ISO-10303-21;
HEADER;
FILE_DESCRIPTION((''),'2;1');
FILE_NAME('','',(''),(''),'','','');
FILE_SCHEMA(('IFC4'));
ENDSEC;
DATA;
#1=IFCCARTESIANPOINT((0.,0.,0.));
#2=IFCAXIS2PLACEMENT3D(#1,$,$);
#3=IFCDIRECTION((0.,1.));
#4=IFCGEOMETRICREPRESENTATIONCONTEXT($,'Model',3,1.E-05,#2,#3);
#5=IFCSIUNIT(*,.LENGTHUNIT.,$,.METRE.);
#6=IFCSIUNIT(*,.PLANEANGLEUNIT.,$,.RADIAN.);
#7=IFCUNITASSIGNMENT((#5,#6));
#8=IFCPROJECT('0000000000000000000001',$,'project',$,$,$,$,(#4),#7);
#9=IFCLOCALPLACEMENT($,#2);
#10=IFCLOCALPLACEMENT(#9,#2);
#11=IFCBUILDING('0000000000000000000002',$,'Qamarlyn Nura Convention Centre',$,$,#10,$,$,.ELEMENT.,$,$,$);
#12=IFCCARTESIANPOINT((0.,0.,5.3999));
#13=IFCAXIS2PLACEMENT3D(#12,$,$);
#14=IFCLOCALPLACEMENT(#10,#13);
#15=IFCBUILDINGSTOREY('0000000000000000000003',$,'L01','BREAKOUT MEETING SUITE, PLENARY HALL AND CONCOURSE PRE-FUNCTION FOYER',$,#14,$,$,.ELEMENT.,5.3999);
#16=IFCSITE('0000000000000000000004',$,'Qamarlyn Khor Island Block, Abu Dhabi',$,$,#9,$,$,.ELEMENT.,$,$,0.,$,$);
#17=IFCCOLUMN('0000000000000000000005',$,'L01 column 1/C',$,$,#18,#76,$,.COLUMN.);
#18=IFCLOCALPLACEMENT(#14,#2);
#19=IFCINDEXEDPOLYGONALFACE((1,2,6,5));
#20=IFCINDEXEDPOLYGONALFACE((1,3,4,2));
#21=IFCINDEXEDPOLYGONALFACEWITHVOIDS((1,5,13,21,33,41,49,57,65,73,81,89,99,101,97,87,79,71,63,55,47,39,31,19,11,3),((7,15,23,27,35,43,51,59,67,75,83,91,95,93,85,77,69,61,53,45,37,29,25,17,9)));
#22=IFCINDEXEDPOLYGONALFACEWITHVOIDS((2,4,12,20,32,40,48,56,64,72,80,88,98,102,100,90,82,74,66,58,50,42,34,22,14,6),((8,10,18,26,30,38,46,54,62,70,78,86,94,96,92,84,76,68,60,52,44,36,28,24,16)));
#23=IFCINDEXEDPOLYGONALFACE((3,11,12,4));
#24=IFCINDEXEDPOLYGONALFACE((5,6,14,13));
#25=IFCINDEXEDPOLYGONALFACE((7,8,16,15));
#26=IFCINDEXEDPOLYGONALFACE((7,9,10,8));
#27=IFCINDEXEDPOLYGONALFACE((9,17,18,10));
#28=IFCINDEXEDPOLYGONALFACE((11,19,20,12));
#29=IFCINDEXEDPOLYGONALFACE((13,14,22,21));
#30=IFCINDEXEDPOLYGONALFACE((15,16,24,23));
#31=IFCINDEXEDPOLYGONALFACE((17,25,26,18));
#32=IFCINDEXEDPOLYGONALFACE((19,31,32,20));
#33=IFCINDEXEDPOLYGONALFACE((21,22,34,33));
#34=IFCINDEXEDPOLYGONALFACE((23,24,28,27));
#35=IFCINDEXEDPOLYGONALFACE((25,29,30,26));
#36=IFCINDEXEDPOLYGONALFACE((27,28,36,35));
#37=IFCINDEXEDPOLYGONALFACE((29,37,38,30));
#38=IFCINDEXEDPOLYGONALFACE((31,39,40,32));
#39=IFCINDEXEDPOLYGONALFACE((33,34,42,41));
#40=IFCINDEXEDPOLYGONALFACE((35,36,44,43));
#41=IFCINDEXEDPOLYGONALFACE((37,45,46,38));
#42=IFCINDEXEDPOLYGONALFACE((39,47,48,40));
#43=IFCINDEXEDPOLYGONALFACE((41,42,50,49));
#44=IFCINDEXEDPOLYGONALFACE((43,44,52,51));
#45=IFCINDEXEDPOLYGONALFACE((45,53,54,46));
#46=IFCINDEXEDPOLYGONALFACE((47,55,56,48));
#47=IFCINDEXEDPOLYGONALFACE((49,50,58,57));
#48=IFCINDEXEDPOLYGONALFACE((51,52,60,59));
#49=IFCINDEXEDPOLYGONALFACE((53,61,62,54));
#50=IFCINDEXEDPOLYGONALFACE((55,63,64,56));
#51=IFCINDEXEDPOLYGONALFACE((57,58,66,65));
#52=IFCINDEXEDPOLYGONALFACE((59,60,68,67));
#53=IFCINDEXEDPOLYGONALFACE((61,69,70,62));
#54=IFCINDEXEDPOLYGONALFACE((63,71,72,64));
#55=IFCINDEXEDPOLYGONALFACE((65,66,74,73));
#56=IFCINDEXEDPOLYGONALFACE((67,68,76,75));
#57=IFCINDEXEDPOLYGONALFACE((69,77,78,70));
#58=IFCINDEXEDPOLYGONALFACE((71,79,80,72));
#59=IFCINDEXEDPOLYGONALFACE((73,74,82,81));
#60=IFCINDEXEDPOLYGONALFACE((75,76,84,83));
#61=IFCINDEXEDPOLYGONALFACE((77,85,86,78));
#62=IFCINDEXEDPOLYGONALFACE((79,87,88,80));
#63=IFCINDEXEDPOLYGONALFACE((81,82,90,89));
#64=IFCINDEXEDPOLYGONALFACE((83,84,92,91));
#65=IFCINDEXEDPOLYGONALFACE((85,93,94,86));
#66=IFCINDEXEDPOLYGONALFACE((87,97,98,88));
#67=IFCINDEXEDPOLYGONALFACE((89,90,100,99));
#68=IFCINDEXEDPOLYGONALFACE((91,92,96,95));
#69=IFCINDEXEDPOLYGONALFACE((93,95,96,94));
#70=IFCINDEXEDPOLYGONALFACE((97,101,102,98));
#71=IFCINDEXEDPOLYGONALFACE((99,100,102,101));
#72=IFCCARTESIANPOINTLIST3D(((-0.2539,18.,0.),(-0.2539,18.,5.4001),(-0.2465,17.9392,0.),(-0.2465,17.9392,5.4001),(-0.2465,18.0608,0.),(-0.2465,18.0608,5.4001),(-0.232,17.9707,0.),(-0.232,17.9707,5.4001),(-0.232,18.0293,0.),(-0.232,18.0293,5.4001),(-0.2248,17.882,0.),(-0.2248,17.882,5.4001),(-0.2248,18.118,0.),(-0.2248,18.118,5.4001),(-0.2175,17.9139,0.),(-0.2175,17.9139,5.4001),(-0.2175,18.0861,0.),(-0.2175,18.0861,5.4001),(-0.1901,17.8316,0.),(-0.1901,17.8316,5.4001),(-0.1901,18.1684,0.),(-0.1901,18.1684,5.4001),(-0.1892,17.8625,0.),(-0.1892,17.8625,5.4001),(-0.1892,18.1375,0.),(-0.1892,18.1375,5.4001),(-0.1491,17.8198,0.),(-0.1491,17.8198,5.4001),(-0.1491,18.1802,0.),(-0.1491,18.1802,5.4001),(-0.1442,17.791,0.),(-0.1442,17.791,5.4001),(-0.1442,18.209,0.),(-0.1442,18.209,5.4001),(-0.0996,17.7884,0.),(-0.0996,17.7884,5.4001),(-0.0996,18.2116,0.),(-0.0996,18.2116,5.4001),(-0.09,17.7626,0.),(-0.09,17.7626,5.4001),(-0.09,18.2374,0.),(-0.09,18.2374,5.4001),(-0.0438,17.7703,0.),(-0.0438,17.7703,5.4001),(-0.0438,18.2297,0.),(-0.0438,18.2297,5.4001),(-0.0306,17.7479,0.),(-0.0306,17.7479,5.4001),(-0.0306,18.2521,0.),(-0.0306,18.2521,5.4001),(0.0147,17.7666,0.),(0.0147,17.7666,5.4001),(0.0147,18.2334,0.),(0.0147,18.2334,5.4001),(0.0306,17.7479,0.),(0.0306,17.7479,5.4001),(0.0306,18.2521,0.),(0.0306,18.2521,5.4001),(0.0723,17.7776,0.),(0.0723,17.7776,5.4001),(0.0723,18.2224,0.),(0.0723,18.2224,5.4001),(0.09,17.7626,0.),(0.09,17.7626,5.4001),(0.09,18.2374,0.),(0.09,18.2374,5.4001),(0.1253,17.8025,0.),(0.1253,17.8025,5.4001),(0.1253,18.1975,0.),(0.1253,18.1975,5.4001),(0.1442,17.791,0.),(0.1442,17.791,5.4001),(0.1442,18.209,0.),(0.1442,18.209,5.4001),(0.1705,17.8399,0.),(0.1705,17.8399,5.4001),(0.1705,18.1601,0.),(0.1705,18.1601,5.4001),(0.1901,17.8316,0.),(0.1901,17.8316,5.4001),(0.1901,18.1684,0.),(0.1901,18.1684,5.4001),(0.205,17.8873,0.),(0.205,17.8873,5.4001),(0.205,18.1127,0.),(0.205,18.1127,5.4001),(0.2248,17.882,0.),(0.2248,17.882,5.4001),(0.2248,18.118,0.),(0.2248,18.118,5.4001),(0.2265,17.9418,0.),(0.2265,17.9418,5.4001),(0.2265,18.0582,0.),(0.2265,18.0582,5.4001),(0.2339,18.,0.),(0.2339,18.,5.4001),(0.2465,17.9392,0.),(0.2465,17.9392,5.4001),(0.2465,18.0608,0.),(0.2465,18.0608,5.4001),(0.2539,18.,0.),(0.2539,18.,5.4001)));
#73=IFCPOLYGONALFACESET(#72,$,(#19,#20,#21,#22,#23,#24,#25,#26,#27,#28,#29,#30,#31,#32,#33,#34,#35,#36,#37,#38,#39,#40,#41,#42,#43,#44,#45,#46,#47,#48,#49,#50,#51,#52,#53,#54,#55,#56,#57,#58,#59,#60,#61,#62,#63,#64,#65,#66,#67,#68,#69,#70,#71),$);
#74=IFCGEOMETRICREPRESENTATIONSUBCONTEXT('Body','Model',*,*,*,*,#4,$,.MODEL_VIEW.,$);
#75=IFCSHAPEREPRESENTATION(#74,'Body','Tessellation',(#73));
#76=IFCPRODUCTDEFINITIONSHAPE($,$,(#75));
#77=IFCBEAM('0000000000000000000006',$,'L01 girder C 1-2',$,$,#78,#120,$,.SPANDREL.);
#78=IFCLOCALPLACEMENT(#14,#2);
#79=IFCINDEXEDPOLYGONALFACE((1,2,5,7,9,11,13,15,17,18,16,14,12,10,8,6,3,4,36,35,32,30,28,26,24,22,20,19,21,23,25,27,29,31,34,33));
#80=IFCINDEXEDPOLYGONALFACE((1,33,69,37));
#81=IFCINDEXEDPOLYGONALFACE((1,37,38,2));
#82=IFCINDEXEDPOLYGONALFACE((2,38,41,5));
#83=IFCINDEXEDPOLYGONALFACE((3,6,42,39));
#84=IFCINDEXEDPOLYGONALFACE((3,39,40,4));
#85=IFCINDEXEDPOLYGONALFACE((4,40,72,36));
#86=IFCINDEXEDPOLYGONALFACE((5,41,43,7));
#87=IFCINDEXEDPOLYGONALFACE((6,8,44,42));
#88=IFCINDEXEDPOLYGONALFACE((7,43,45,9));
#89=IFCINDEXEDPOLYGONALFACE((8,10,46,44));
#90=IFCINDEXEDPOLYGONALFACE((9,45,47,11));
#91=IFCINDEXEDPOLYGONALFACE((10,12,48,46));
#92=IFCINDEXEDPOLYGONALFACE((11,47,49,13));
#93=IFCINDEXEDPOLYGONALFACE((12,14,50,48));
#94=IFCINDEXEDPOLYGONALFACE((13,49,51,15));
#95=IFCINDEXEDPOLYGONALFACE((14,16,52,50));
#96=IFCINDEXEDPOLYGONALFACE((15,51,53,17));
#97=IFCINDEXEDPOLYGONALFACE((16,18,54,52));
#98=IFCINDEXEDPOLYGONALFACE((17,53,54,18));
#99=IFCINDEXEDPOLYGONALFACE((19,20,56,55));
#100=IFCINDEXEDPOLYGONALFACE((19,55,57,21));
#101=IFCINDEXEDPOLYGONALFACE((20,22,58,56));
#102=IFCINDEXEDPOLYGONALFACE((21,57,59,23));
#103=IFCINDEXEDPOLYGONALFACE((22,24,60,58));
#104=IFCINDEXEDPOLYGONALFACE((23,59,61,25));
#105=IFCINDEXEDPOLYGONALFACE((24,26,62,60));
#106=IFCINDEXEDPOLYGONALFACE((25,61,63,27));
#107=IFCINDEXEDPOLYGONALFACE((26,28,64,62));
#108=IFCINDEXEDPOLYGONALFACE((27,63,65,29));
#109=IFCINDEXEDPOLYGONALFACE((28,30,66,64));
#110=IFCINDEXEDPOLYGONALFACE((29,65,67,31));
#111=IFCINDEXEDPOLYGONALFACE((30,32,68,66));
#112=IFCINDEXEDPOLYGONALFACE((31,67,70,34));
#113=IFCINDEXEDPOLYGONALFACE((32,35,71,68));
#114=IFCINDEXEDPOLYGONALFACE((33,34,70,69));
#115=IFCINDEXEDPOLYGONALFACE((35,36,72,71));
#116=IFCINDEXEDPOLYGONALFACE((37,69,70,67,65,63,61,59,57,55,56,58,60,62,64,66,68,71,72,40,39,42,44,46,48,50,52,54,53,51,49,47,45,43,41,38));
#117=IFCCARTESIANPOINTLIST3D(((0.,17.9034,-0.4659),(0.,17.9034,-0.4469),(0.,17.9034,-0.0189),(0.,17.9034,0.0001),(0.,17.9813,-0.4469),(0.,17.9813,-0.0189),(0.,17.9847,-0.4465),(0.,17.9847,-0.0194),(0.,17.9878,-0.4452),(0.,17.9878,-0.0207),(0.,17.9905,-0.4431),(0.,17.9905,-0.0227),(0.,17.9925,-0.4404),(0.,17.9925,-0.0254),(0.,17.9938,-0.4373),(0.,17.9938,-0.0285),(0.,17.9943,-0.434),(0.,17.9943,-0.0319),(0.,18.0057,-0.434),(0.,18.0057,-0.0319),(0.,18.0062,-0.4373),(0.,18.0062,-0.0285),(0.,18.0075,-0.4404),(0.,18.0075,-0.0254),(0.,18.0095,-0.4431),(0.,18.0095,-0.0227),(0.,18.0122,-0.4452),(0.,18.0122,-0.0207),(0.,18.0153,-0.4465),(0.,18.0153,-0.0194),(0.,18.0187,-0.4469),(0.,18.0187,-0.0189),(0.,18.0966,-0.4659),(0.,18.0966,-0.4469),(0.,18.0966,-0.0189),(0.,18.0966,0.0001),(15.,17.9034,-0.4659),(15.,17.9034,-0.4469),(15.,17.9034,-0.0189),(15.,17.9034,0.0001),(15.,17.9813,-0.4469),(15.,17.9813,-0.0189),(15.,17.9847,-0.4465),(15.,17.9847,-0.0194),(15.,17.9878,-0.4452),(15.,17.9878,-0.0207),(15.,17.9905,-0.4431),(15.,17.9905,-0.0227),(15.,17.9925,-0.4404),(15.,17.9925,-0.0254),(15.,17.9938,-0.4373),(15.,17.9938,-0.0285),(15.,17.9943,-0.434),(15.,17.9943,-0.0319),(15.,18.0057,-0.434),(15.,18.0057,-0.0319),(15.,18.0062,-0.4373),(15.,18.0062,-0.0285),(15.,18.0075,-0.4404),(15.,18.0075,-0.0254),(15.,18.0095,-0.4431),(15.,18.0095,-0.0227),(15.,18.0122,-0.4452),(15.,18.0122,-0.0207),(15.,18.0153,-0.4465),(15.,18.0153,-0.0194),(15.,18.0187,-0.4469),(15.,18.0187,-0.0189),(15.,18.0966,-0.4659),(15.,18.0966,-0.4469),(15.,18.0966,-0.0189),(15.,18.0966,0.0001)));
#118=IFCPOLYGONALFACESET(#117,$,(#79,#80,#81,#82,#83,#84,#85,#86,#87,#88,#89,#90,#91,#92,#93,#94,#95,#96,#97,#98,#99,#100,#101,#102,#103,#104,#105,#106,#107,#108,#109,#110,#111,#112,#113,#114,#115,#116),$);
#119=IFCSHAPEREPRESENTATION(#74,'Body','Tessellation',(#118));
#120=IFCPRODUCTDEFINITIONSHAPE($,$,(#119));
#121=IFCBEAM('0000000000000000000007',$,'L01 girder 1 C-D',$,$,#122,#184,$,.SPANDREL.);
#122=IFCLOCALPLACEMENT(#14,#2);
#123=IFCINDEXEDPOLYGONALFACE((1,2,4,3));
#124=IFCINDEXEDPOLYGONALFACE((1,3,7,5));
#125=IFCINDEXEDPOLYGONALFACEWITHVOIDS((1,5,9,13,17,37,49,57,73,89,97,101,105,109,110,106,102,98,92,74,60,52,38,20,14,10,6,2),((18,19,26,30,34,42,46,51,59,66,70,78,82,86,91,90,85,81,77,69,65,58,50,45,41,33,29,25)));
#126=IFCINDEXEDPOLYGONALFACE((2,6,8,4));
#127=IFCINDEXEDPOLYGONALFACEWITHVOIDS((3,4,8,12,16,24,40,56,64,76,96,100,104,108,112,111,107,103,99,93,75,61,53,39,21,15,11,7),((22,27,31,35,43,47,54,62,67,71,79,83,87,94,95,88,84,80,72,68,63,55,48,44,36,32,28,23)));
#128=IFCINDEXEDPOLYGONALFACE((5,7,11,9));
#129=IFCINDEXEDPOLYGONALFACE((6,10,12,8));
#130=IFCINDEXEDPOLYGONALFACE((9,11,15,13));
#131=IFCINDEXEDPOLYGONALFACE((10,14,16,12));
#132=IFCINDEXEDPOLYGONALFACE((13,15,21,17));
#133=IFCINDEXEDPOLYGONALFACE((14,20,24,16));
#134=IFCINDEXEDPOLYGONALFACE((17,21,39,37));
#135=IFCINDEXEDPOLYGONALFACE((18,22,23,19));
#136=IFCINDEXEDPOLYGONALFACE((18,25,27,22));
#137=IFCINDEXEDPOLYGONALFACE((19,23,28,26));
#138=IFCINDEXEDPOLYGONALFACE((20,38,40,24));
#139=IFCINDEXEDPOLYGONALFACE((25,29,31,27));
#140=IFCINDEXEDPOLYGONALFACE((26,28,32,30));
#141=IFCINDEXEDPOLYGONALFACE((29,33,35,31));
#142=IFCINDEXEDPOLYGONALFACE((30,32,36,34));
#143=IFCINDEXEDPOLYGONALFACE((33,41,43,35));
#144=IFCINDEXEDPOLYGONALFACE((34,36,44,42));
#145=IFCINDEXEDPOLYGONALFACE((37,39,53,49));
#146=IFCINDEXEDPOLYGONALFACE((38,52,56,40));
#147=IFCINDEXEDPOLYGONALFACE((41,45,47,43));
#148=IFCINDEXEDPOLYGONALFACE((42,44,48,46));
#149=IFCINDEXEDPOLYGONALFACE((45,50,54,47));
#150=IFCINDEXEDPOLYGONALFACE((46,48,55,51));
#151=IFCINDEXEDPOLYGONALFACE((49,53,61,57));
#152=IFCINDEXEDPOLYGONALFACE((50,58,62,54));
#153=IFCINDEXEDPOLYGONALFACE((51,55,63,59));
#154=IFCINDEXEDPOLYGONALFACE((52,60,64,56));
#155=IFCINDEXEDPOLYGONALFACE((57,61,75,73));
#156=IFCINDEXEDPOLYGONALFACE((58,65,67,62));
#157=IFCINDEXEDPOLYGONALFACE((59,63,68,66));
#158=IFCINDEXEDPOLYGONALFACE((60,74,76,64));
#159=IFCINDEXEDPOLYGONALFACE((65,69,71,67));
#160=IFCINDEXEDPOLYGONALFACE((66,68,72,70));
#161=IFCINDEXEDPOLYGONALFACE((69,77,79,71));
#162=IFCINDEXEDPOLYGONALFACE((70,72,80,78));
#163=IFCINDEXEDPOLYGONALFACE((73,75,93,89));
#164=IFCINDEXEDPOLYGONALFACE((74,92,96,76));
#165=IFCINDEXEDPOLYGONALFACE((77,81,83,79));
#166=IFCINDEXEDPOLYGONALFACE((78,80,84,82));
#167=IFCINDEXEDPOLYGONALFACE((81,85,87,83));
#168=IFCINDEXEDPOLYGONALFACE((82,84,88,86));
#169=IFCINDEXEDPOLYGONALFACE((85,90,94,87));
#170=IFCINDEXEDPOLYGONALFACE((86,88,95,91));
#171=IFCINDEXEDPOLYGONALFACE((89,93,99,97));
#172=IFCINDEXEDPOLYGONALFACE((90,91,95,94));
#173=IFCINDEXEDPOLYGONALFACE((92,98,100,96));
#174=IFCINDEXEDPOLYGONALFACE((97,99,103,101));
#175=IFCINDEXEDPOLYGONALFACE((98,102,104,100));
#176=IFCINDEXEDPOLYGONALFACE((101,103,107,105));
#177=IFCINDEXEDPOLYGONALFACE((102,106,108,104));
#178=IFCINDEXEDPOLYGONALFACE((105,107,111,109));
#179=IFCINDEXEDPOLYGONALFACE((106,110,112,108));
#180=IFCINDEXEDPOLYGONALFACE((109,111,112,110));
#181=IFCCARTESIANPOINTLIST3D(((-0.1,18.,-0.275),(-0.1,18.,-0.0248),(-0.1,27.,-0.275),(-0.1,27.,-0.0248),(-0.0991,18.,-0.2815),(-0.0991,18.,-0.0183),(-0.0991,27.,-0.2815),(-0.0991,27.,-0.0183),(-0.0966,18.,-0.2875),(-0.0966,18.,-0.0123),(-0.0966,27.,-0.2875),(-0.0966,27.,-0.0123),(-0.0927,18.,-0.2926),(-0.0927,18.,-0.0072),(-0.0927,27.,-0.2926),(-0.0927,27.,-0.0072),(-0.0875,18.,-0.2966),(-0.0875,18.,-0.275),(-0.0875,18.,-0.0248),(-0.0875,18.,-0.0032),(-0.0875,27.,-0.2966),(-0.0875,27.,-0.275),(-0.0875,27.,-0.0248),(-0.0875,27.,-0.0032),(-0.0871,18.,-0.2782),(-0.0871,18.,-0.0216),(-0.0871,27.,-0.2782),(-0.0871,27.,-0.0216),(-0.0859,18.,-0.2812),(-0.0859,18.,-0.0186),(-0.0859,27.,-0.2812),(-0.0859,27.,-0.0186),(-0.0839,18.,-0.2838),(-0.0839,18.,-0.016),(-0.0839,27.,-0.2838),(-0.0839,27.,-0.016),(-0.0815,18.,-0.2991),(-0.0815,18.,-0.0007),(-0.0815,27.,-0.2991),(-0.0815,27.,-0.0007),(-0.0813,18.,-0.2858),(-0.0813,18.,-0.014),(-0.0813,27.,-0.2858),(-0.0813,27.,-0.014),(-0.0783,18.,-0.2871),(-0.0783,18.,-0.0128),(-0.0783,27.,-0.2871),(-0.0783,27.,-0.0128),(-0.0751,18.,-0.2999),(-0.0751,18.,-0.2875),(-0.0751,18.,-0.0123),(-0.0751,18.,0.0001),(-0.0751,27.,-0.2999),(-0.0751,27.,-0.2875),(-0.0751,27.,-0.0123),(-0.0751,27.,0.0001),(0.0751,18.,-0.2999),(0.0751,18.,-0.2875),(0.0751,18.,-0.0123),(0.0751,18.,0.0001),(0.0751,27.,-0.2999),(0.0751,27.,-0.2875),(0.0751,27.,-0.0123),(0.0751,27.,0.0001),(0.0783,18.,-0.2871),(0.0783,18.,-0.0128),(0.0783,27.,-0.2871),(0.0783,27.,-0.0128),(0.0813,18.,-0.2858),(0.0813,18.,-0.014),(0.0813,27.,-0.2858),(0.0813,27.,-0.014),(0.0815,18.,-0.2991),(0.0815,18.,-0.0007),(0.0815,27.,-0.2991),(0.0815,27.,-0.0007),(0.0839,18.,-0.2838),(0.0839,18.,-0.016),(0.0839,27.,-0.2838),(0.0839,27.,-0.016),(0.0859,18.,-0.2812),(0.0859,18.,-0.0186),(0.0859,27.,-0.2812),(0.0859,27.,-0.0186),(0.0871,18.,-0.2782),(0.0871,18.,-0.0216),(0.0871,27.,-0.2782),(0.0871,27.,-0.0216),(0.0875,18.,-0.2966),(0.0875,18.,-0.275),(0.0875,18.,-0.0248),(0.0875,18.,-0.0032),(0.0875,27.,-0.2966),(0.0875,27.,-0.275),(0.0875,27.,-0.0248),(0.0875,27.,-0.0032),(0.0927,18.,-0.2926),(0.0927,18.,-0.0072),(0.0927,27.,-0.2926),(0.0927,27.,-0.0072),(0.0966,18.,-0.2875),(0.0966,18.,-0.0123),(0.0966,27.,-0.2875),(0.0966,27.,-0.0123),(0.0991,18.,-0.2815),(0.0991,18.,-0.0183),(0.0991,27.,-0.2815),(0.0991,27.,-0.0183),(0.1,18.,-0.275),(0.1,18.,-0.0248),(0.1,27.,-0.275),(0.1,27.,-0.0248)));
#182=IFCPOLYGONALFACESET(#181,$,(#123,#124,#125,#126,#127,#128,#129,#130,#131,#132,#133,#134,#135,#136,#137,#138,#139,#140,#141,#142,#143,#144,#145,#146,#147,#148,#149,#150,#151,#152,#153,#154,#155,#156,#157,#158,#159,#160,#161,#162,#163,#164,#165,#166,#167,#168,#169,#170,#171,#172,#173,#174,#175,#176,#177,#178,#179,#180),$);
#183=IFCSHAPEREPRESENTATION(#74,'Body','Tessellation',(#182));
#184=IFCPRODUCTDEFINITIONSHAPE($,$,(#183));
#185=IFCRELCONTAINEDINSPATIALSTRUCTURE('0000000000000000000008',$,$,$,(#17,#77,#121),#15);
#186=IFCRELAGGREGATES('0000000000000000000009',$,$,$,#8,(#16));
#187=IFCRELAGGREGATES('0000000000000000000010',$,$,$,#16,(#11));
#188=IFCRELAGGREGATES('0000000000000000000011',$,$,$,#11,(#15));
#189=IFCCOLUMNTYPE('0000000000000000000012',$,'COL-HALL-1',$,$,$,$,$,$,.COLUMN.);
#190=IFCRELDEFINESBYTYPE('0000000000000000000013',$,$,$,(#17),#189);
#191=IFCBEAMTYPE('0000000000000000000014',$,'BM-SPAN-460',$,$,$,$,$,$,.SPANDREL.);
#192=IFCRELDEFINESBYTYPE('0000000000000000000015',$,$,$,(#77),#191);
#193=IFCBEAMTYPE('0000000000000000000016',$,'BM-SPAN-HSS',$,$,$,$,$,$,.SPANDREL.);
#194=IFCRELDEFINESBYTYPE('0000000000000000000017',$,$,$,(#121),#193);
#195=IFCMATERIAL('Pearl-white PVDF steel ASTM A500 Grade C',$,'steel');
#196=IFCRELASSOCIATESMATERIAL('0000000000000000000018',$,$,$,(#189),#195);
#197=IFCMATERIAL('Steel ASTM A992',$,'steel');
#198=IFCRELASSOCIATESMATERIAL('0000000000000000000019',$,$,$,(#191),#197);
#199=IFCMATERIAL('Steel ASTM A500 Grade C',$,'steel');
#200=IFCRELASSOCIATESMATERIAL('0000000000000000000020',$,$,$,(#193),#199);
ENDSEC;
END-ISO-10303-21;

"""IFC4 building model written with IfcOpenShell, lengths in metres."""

from ifc_helpers import new_model, si_unit, direction, frame, origin, origin_2d, place, context, subcontext, project, spatial, hollow_rectangle, hollow_circle, i_section, extrude, material, material_profile, profile_set, type_object, element, save


model = new_model("IFC4")

# Units and contexts
model_context = context("Model", 3, precision=1e-05, world=origin(), true_north=direction((0.0, 1.0)))
body_context = subcontext(model_context, "Body", "Model", "MODEL_VIEW")
ifc_project = project(units=[si_unit("LENGTHUNIT", "METRE"), si_unit("PLANEANGLEUNIT", "RADIAN")], contexts=[model_context])

# Site, building, storey
site_placement = place(None, origin())
site = spatial("IfcSite", under=ifc_project, at=site_placement, Name="Qamarlyn Khor Island Block, Abu Dhabi", CompositionType="ELEMENT", RefElevation=0.0)
building_placement = place(site_placement, origin())
building = spatial("IfcBuilding", under=site, at=building_placement, Name="Qamarlyn Nura Convention Centre", CompositionType="ELEMENT")
storey_placement = place(building_placement, frame((0.0, 0.0, 5.3999)))
storey = spatial("IfcBuildingStorey", under=building, at=storey_placement, Name="L01", Description="BREAKOUT MEETING SUITE, PLENARY HALL AND CONCOURSE PRE-FUNCTION FOYER", CompositionType="ELEMENT", Elevation=5.3999)

# Column
ifc_material_1 = material(Name="Pearl-white PVDF steel ASTM A500 Grade C", Category="steel")
ifc_material_profile_1 = material_profile(ifc_material_1, hollow_circle(Radius=0.2539, WallThickness=0.02, at=origin_2d()), Name="CHS508X20")
ifc_profile_set_1 = profile_set([ifc_material_profile_1], Name="Pearl-white PVDF steel ASTM A500 Grade C")
column_type = type_object("IfcColumnType", Name="COL-HALL-1", PredefinedType="COLUMN", material=ifc_profile_set_1)
column_placement = place(storey_placement, frame((0.0, 18.0, 0.0), z_axis=(0.0, 0.0, 1.0), x_axis=(1.0, 0.0, 0.0)))
element("IfcColumn", 1, at=column_placement, inside=storey, type_object=column_type, Name="L01 column 1/C", PredefinedType="COLUMN", context=body_context, shape_type="SweptSolid", body=[
    extrude(hollow_circle(Radius=0.2539, WallThickness=0.02, at=origin_2d()), origin(), (0.0, 0.0, 1.0), 5.4001),
])

# Beams
ifc_material_2 = material(Name="Steel ASTM A992", Category="steel")
ifc_material_profile_2 = material_profile(ifc_material_2, i_section(OverallWidth=0.1931, OverallDepth=0.4661, WebThickness=0.0115, FlangeThickness=0.019, FilletRadius=0.0129, at=origin_2d()), Name="W460X97")
ifc_profile_set_2 = profile_set([ifc_material_profile_2], Name="Steel ASTM A992")
beam_type_1 = type_object("IfcBeamType", Name="BM-SPAN-460", PredefinedType="SPANDREL", material=ifc_profile_set_2)
beam_1_placement = place(storey_placement, frame((0.0, 18.0, -0.2329), z_axis=(1.0, 0.0, 0.0), x_axis=(0.0, 1.0, 0.0)))
element("IfcBeam", 2, at=beam_1_placement, inside=storey, type_object=beam_type_1, Name="L01 girder C 1-2", PredefinedType="SPANDREL", context=body_context, shape_type="SweptSolid", body=[
    extrude(i_section(OverallWidth=0.1931, OverallDepth=0.4661, WebThickness=0.0115, FlangeThickness=0.019, FilletRadius=0.0129, at=origin_2d()), origin(), (0.0, 0.0, 1.0), 15.0),
])
ifc_material_3 = material(Name="Steel ASTM A500 Grade C", Category="steel")
ifc_material_profile_3 = material_profile(ifc_material_3, hollow_rectangle(XDim=0.2, YDim=0.3, WallThickness=0.0125, InnerFilletRadius=0.0125, OuterFilletRadius=0.0249, at=origin_2d()), Name="HSS300X200X12.5")
ifc_profile_set_3 = profile_set([ifc_material_profile_3], Name="Steel ASTM A500 Grade C")
beam_type_2 = type_object("IfcBeamType", Name="BM-SPAN-HSS", PredefinedType="SPANDREL", material=ifc_profile_set_3)
beam_2_placement = place(storey_placement, frame((0.0, 18.0, -0.1499), z_axis=(0.0, 1.0, 0.0), x_axis=(-1.0, 0.0, 0.0)))
element("IfcBeam", 3, at=beam_2_placement, inside=storey, type_object=beam_type_2, Name="L01 girder 1 C-D", PredefinedType="SPANDREL", context=body_context, shape_type="SweptSolid", body=[
    extrude(hollow_rectangle(XDim=0.2, YDim=0.3, WallThickness=0.0125, InnerFilletRadius=0.0125, OuterFilletRadius=0.0249, at=origin_2d()), origin(), (0.0, 0.0, 1.0), 9.0),
])

save(model, "model.ifc")
